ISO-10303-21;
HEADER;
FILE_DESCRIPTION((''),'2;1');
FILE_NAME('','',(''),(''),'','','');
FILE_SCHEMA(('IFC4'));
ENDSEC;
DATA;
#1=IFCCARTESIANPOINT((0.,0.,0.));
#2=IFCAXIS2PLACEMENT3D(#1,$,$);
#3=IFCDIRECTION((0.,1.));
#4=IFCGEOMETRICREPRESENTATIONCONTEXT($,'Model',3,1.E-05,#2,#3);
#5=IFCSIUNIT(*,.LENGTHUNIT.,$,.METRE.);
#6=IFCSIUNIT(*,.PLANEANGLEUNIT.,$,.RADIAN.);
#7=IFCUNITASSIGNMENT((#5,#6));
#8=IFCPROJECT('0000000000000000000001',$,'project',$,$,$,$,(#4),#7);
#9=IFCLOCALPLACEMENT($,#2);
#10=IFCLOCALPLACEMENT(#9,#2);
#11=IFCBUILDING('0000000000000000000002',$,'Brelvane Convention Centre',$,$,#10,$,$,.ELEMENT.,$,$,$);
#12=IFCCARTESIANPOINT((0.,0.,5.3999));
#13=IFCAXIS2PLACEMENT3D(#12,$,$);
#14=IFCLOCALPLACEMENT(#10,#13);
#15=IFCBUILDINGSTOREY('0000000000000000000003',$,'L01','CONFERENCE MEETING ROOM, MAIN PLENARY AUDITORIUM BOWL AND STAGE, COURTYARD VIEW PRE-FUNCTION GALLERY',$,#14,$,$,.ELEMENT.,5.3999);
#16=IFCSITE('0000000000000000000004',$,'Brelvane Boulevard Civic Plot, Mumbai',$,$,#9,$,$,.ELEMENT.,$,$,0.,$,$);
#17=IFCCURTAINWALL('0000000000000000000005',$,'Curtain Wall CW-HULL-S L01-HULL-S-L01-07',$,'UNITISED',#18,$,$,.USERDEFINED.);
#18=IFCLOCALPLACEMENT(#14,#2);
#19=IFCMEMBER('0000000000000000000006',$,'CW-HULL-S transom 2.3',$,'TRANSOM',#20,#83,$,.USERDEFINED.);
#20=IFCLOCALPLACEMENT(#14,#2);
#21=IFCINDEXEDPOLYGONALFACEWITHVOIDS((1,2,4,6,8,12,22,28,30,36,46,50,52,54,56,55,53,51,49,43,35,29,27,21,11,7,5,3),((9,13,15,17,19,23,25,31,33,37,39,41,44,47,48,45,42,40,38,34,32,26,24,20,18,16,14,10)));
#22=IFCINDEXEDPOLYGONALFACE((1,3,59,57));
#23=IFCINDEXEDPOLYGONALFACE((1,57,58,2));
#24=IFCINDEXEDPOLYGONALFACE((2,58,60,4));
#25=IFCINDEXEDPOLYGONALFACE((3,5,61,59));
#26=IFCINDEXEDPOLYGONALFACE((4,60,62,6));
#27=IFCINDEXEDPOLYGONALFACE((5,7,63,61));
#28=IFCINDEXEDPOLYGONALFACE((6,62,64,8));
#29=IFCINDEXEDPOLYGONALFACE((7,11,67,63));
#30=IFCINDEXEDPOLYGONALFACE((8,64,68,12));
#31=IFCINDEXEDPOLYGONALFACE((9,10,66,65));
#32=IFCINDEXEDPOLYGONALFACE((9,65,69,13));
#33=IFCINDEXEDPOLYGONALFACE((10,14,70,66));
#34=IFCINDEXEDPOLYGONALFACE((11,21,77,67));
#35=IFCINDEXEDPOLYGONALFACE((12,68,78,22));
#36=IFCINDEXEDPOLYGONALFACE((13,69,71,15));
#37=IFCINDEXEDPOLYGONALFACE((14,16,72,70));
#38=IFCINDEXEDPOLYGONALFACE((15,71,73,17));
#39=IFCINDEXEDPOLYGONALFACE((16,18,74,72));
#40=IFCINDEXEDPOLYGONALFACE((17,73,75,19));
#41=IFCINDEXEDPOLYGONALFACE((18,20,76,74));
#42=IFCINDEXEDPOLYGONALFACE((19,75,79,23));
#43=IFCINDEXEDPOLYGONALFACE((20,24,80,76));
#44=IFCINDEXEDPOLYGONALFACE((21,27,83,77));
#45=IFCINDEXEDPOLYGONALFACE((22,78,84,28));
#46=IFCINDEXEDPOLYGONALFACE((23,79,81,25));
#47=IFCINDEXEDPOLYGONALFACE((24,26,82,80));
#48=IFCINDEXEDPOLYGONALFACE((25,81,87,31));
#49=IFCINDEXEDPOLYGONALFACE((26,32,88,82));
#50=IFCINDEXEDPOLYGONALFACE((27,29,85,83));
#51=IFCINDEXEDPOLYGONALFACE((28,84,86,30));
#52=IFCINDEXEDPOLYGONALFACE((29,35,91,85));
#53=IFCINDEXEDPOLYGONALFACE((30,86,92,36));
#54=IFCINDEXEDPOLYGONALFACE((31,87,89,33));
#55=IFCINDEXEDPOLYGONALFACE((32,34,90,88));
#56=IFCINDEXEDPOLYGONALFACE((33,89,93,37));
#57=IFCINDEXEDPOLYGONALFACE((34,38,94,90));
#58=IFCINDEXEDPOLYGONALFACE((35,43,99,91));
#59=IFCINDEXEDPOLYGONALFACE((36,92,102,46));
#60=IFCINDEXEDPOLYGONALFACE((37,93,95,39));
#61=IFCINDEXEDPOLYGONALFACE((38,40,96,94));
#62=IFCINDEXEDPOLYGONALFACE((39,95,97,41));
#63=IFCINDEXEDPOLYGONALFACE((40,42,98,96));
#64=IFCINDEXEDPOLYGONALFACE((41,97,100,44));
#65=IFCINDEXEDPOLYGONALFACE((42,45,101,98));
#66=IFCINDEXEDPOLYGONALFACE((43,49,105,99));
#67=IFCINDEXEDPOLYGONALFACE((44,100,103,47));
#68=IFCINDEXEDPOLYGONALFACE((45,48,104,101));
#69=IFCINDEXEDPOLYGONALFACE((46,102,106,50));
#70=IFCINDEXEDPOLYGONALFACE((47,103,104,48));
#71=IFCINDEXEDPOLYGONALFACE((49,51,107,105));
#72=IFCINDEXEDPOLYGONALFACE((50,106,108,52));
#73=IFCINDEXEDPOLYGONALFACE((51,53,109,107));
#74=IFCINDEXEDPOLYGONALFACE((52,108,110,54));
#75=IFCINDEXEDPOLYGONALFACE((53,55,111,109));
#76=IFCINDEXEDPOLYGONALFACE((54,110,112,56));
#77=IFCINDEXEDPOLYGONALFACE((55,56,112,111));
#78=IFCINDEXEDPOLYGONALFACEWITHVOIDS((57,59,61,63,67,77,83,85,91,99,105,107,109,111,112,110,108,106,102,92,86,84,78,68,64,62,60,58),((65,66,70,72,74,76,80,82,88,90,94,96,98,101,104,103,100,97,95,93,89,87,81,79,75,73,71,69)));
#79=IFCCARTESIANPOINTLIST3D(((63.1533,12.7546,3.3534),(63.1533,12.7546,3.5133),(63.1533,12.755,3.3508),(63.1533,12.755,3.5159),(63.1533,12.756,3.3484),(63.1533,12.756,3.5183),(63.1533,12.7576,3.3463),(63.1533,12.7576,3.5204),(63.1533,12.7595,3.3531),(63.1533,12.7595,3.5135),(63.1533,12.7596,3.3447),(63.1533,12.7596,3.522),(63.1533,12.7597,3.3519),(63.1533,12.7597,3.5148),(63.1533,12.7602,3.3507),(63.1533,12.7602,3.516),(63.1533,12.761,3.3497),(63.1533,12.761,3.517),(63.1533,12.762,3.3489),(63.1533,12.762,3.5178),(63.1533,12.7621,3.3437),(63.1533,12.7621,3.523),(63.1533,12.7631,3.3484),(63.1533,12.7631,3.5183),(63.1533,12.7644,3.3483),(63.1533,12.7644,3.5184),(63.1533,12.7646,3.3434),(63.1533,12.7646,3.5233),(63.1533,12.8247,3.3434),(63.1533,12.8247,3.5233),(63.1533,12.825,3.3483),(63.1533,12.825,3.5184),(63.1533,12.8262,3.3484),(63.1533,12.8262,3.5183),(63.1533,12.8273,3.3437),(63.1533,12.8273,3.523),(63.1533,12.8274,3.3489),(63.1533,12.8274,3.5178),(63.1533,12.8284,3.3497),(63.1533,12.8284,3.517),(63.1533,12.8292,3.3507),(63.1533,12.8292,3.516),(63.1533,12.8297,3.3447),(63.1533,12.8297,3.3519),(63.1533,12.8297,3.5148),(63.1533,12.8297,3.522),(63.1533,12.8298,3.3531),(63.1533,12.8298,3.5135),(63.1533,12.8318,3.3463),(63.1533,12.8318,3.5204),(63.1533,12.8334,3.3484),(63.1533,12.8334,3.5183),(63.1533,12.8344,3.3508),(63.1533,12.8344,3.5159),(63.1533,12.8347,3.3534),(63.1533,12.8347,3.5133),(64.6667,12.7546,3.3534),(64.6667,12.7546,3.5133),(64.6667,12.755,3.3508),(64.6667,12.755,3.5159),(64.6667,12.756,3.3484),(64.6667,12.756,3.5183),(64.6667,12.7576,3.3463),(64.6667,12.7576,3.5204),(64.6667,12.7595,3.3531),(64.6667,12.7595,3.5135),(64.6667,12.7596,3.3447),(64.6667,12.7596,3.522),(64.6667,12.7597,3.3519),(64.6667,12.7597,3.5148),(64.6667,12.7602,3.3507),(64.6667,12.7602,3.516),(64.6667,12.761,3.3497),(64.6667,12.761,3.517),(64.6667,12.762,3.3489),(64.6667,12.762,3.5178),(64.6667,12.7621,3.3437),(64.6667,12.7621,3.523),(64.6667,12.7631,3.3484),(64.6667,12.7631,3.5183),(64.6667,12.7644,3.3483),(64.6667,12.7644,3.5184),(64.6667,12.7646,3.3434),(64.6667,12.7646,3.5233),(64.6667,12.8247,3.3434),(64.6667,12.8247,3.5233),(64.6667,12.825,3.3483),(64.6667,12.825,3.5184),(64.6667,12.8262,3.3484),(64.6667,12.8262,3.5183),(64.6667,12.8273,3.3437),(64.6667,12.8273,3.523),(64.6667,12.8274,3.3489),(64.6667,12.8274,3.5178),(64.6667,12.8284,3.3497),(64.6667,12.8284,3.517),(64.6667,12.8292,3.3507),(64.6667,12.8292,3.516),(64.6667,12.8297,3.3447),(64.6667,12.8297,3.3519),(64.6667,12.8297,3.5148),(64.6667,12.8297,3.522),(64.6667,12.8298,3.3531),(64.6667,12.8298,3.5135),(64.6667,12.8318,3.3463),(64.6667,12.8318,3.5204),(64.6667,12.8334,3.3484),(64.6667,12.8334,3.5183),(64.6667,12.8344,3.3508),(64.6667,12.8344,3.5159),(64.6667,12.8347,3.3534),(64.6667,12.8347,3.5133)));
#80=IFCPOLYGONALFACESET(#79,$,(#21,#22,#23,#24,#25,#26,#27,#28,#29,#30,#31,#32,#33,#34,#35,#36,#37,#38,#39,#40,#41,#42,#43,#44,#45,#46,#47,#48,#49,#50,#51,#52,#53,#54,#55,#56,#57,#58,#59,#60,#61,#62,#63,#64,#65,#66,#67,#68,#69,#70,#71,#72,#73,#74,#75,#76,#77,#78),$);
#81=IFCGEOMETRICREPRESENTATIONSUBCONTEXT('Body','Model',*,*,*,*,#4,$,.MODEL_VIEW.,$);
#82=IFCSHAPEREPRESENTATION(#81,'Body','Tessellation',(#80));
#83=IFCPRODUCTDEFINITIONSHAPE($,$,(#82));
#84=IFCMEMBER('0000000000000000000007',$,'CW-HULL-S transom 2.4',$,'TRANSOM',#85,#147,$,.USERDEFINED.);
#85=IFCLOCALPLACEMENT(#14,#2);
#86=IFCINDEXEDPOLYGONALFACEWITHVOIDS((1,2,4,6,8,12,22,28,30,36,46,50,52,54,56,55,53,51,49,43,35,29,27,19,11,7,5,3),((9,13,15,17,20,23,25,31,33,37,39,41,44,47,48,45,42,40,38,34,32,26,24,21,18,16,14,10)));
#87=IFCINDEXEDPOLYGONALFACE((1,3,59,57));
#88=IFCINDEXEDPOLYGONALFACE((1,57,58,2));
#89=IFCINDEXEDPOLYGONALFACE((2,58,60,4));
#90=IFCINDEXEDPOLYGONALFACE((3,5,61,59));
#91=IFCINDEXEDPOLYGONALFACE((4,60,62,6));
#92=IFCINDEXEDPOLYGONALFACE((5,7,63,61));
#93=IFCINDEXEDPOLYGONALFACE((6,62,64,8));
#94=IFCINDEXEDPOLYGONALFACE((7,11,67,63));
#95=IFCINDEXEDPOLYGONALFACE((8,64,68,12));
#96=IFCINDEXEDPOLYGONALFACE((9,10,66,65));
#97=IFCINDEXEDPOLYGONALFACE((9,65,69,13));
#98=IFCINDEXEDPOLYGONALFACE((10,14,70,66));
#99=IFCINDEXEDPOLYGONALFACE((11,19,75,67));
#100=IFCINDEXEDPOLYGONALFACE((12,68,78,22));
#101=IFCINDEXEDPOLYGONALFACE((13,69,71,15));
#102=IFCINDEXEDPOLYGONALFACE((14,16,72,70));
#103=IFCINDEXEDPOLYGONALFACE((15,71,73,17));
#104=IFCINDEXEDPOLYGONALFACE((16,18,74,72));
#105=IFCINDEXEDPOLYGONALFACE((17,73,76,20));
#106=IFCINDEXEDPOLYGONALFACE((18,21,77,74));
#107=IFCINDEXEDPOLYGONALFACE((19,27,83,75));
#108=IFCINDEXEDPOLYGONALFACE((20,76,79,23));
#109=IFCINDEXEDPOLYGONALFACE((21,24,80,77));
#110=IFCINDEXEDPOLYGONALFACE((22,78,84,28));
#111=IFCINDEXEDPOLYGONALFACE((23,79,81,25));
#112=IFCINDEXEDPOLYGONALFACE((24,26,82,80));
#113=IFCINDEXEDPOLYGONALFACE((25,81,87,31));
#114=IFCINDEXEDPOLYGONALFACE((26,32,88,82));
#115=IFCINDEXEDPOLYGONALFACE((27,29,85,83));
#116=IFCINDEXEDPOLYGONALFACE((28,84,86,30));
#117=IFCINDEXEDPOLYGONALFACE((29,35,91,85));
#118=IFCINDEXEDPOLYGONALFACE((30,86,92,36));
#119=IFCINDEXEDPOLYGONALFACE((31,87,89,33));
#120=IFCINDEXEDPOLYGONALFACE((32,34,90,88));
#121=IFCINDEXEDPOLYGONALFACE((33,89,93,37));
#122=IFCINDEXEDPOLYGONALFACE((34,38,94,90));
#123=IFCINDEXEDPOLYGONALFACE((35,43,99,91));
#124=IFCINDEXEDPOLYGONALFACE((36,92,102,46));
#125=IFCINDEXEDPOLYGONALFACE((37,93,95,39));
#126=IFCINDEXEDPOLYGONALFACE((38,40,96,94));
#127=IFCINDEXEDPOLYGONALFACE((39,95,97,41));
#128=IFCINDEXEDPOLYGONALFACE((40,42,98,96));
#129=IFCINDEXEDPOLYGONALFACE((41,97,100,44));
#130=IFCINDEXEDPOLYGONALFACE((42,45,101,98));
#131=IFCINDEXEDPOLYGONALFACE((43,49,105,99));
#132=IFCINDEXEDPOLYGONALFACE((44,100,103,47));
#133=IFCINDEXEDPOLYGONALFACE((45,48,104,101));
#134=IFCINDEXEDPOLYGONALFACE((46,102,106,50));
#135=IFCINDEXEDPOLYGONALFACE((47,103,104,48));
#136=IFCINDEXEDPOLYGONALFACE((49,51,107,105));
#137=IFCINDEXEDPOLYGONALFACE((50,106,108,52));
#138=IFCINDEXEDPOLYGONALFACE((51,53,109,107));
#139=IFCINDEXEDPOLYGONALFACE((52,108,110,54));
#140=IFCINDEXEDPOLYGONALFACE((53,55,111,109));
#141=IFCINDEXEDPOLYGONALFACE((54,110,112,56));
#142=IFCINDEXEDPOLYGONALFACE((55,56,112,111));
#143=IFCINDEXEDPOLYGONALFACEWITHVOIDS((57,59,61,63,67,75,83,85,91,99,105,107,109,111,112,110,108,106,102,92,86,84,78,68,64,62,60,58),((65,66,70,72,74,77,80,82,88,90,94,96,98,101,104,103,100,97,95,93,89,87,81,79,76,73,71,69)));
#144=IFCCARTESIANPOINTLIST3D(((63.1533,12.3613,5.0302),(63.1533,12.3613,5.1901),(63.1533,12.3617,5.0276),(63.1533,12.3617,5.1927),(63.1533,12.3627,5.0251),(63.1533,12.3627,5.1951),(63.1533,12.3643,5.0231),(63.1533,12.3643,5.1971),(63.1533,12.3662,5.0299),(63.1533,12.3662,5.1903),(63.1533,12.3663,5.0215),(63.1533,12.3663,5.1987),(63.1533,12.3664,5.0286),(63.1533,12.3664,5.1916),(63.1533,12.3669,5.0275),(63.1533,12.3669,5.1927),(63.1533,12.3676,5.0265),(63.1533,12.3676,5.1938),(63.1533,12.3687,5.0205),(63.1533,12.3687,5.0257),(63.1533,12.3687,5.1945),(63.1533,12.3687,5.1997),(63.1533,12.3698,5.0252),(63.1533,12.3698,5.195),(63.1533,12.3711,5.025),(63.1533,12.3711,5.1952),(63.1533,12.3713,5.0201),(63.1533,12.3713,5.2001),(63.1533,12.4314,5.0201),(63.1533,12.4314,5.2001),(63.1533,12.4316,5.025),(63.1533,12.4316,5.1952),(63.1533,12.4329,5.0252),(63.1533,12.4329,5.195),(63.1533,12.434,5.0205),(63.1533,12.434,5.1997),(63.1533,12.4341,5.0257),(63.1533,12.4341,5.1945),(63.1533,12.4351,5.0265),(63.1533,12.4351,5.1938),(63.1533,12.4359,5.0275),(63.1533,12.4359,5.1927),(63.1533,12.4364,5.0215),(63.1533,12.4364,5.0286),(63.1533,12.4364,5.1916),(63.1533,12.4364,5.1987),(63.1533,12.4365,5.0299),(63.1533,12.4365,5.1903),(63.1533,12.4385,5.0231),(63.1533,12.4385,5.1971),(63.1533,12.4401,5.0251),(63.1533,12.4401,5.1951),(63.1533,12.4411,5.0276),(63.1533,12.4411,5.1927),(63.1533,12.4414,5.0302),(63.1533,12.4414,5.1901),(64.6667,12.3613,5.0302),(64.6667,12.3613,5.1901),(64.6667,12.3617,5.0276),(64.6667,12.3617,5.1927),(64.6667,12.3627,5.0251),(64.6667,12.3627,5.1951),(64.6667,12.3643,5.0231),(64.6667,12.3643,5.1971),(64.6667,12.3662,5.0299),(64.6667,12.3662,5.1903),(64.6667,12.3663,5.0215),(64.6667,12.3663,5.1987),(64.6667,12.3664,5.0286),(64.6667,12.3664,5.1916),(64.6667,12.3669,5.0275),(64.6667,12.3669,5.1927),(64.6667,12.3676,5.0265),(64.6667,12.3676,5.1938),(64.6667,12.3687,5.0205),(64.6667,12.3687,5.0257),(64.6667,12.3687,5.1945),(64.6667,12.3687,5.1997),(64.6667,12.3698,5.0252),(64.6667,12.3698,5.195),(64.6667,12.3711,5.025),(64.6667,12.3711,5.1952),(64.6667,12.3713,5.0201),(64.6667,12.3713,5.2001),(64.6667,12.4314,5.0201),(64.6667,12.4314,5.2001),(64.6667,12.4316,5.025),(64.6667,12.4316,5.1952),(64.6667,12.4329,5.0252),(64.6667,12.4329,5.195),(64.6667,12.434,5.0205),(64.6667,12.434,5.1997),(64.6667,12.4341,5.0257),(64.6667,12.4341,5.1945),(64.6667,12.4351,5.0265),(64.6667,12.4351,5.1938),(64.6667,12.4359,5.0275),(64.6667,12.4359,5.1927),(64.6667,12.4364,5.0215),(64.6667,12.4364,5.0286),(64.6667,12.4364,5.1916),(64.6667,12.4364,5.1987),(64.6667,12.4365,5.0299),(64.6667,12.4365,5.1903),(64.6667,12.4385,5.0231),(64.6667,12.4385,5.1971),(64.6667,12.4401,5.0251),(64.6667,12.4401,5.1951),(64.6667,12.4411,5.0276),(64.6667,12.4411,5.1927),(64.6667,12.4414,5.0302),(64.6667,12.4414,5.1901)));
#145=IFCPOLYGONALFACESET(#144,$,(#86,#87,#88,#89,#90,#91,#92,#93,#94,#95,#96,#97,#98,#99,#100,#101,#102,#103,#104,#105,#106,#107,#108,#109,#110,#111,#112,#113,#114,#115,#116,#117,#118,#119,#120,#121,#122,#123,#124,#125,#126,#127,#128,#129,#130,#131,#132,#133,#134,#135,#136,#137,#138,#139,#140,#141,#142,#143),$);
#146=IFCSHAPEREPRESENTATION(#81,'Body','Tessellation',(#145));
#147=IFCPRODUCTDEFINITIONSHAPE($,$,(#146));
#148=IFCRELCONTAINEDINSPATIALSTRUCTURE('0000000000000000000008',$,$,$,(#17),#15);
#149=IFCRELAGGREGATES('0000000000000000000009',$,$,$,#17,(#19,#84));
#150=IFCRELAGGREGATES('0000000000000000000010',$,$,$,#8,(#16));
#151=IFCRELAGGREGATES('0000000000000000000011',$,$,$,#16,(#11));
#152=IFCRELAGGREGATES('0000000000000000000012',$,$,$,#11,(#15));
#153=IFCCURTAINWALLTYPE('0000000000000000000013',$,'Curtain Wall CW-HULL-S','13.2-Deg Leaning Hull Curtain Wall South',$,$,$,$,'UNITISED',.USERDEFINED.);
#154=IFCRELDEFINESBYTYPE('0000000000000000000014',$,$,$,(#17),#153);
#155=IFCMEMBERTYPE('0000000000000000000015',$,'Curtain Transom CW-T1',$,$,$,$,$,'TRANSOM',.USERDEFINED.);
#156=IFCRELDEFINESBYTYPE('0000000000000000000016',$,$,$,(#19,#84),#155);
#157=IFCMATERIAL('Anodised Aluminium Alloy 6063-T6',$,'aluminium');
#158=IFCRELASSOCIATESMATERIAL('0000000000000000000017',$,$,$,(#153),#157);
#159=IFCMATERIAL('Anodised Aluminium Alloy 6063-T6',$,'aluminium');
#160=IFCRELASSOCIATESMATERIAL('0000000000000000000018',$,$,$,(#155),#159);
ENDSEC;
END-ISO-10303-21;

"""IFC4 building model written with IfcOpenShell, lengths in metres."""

from ifc_helpers import new_model, si_unit, direction, frame, origin, origin_2d, place, context, subcontext, project, spatial, hollow_rectangle, extrude, material, material_profile, profile_set, type_object, element, aggregate, save


model = new_model("IFC4")

# Units and contexts
model_context = context("Model", 3, precision=1e-05, world=origin(), true_north=direction((0.0, 1.0)))
body_context = subcontext(model_context, "Body", "Model", "MODEL_VIEW")
ifc_project = project(units=[si_unit("LENGTHUNIT", "METRE"), si_unit("PLANEANGLEUNIT", "RADIAN")], contexts=[model_context])

# Site, building, storey
site_placement = place(None, origin())
site = spatial("IfcSite", under=ifc_project, at=site_placement, Name="Brelvane Boulevard Civic Plot, Mumbai", CompositionType="ELEMENT", RefElevation=0.0)
building_placement = place(site_placement, origin())
building = spatial("IfcBuilding", under=site, at=building_placement, Name="Brelvane Convention Centre", CompositionType="ELEMENT")
storey_placement = place(building_placement, frame((0.0, 0.0, 5.3999)))
storey = spatial("IfcBuildingStorey", under=building, at=storey_placement, Name="L01", Description="CONFERENCE MEETING ROOM, MAIN PLENARY AUDITORIUM BOWL AND STAGE, COURTYARD VIEW PRE-FUNCTION GALLERY", CompositionType="ELEMENT", Elevation=5.3999)

# Curtain wall, members
ifc_material_1 = material(Name="Anodised Aluminium Alloy 6063-T6", Category="aluminium")
curtain_wall_type = type_object("IfcCurtainWallType", Name="Curtain Wall CW-HULL-S", Description="13.2-Deg Leaning Hull Curtain Wall South", ElementType="UNITISED", PredefinedType="USERDEFINED", material=ifc_material_1)
ifc_material_2 = material(Name="Anodised Aluminium Alloy 6063-T6", Category="aluminium")
ifc_material_profile = material_profile(ifc_material_2, hollow_rectangle(XDim=0.0801, YDim=0.1799, WallThickness=0.0049, InnerFilletRadius=0.0049, OuterFilletRadius=0.01, at=origin_2d()), Name="ALU-T 180x80x5.0")
ifc_profile_set = profile_set([ifc_material_profile], Name="Anodised Aluminium Alloy 6063-T6")
member_type = type_object("IfcMemberType", Name="Curtain Transom CW-T1", ElementType="TRANSOM", PredefinedType="USERDEFINED", material=ifc_profile_set)
curtain_wall_1_placement = place(storey_placement, origin())
curtain_wall_1 = element("IfcCurtainWall", 1, at=curtain_wall_1_placement, inside=storey, type_object=curtain_wall_type, Name="Curtain Wall CW-HULL-S L01-HULL-S-L01-07", ObjectType="UNITISED", PredefinedType="USERDEFINED")
member_1_placement = place(storey_placement, frame((63.1533, 12.7947, 3.4333), z_axis=(1.0, 0.0, 0.0), x_axis=(0.0, 1.0, 0.0)))
member_1 = element("IfcMember", 2, at=member_1_placement, type_object=member_type, Name="CW-HULL-S transom 2.3", ObjectType="TRANSOM", PredefinedType="USERDEFINED", context=body_context, shape_type="SweptSolid", body=[
    extrude(hollow_rectangle(XDim=0.0801, YDim=0.1799, WallThickness=0.0049, InnerFilletRadius=0.0049, OuterFilletRadius=0.01, at=origin_2d()), origin(), (0.0, 0.0, 1.0), 1.5134),
])
member_2_placement = place(storey_placement, frame((63.1533, 12.4014, 5.1101), z_axis=(1.0, 0.0, 0.0), x_axis=(0.0, 1.0, 0.0)))
member_2 = element("IfcMember", 3, at=member_2_placement, type_object=member_type, Name="CW-HULL-S transom 2.4", ObjectType="TRANSOM", PredefinedType="USERDEFINED", context=body_context, shape_type="SweptSolid", body=[
    extrude(hollow_rectangle(XDim=0.0801, YDim=0.1799, WallThickness=0.0049, InnerFilletRadius=0.0049, OuterFilletRadius=0.01, at=origin_2d()), origin(), (0.0, 0.0, 1.0), 1.5134),
])

aggregate(curtain_wall_1, [member_1, member_2])

save(model, "model.ifc")
